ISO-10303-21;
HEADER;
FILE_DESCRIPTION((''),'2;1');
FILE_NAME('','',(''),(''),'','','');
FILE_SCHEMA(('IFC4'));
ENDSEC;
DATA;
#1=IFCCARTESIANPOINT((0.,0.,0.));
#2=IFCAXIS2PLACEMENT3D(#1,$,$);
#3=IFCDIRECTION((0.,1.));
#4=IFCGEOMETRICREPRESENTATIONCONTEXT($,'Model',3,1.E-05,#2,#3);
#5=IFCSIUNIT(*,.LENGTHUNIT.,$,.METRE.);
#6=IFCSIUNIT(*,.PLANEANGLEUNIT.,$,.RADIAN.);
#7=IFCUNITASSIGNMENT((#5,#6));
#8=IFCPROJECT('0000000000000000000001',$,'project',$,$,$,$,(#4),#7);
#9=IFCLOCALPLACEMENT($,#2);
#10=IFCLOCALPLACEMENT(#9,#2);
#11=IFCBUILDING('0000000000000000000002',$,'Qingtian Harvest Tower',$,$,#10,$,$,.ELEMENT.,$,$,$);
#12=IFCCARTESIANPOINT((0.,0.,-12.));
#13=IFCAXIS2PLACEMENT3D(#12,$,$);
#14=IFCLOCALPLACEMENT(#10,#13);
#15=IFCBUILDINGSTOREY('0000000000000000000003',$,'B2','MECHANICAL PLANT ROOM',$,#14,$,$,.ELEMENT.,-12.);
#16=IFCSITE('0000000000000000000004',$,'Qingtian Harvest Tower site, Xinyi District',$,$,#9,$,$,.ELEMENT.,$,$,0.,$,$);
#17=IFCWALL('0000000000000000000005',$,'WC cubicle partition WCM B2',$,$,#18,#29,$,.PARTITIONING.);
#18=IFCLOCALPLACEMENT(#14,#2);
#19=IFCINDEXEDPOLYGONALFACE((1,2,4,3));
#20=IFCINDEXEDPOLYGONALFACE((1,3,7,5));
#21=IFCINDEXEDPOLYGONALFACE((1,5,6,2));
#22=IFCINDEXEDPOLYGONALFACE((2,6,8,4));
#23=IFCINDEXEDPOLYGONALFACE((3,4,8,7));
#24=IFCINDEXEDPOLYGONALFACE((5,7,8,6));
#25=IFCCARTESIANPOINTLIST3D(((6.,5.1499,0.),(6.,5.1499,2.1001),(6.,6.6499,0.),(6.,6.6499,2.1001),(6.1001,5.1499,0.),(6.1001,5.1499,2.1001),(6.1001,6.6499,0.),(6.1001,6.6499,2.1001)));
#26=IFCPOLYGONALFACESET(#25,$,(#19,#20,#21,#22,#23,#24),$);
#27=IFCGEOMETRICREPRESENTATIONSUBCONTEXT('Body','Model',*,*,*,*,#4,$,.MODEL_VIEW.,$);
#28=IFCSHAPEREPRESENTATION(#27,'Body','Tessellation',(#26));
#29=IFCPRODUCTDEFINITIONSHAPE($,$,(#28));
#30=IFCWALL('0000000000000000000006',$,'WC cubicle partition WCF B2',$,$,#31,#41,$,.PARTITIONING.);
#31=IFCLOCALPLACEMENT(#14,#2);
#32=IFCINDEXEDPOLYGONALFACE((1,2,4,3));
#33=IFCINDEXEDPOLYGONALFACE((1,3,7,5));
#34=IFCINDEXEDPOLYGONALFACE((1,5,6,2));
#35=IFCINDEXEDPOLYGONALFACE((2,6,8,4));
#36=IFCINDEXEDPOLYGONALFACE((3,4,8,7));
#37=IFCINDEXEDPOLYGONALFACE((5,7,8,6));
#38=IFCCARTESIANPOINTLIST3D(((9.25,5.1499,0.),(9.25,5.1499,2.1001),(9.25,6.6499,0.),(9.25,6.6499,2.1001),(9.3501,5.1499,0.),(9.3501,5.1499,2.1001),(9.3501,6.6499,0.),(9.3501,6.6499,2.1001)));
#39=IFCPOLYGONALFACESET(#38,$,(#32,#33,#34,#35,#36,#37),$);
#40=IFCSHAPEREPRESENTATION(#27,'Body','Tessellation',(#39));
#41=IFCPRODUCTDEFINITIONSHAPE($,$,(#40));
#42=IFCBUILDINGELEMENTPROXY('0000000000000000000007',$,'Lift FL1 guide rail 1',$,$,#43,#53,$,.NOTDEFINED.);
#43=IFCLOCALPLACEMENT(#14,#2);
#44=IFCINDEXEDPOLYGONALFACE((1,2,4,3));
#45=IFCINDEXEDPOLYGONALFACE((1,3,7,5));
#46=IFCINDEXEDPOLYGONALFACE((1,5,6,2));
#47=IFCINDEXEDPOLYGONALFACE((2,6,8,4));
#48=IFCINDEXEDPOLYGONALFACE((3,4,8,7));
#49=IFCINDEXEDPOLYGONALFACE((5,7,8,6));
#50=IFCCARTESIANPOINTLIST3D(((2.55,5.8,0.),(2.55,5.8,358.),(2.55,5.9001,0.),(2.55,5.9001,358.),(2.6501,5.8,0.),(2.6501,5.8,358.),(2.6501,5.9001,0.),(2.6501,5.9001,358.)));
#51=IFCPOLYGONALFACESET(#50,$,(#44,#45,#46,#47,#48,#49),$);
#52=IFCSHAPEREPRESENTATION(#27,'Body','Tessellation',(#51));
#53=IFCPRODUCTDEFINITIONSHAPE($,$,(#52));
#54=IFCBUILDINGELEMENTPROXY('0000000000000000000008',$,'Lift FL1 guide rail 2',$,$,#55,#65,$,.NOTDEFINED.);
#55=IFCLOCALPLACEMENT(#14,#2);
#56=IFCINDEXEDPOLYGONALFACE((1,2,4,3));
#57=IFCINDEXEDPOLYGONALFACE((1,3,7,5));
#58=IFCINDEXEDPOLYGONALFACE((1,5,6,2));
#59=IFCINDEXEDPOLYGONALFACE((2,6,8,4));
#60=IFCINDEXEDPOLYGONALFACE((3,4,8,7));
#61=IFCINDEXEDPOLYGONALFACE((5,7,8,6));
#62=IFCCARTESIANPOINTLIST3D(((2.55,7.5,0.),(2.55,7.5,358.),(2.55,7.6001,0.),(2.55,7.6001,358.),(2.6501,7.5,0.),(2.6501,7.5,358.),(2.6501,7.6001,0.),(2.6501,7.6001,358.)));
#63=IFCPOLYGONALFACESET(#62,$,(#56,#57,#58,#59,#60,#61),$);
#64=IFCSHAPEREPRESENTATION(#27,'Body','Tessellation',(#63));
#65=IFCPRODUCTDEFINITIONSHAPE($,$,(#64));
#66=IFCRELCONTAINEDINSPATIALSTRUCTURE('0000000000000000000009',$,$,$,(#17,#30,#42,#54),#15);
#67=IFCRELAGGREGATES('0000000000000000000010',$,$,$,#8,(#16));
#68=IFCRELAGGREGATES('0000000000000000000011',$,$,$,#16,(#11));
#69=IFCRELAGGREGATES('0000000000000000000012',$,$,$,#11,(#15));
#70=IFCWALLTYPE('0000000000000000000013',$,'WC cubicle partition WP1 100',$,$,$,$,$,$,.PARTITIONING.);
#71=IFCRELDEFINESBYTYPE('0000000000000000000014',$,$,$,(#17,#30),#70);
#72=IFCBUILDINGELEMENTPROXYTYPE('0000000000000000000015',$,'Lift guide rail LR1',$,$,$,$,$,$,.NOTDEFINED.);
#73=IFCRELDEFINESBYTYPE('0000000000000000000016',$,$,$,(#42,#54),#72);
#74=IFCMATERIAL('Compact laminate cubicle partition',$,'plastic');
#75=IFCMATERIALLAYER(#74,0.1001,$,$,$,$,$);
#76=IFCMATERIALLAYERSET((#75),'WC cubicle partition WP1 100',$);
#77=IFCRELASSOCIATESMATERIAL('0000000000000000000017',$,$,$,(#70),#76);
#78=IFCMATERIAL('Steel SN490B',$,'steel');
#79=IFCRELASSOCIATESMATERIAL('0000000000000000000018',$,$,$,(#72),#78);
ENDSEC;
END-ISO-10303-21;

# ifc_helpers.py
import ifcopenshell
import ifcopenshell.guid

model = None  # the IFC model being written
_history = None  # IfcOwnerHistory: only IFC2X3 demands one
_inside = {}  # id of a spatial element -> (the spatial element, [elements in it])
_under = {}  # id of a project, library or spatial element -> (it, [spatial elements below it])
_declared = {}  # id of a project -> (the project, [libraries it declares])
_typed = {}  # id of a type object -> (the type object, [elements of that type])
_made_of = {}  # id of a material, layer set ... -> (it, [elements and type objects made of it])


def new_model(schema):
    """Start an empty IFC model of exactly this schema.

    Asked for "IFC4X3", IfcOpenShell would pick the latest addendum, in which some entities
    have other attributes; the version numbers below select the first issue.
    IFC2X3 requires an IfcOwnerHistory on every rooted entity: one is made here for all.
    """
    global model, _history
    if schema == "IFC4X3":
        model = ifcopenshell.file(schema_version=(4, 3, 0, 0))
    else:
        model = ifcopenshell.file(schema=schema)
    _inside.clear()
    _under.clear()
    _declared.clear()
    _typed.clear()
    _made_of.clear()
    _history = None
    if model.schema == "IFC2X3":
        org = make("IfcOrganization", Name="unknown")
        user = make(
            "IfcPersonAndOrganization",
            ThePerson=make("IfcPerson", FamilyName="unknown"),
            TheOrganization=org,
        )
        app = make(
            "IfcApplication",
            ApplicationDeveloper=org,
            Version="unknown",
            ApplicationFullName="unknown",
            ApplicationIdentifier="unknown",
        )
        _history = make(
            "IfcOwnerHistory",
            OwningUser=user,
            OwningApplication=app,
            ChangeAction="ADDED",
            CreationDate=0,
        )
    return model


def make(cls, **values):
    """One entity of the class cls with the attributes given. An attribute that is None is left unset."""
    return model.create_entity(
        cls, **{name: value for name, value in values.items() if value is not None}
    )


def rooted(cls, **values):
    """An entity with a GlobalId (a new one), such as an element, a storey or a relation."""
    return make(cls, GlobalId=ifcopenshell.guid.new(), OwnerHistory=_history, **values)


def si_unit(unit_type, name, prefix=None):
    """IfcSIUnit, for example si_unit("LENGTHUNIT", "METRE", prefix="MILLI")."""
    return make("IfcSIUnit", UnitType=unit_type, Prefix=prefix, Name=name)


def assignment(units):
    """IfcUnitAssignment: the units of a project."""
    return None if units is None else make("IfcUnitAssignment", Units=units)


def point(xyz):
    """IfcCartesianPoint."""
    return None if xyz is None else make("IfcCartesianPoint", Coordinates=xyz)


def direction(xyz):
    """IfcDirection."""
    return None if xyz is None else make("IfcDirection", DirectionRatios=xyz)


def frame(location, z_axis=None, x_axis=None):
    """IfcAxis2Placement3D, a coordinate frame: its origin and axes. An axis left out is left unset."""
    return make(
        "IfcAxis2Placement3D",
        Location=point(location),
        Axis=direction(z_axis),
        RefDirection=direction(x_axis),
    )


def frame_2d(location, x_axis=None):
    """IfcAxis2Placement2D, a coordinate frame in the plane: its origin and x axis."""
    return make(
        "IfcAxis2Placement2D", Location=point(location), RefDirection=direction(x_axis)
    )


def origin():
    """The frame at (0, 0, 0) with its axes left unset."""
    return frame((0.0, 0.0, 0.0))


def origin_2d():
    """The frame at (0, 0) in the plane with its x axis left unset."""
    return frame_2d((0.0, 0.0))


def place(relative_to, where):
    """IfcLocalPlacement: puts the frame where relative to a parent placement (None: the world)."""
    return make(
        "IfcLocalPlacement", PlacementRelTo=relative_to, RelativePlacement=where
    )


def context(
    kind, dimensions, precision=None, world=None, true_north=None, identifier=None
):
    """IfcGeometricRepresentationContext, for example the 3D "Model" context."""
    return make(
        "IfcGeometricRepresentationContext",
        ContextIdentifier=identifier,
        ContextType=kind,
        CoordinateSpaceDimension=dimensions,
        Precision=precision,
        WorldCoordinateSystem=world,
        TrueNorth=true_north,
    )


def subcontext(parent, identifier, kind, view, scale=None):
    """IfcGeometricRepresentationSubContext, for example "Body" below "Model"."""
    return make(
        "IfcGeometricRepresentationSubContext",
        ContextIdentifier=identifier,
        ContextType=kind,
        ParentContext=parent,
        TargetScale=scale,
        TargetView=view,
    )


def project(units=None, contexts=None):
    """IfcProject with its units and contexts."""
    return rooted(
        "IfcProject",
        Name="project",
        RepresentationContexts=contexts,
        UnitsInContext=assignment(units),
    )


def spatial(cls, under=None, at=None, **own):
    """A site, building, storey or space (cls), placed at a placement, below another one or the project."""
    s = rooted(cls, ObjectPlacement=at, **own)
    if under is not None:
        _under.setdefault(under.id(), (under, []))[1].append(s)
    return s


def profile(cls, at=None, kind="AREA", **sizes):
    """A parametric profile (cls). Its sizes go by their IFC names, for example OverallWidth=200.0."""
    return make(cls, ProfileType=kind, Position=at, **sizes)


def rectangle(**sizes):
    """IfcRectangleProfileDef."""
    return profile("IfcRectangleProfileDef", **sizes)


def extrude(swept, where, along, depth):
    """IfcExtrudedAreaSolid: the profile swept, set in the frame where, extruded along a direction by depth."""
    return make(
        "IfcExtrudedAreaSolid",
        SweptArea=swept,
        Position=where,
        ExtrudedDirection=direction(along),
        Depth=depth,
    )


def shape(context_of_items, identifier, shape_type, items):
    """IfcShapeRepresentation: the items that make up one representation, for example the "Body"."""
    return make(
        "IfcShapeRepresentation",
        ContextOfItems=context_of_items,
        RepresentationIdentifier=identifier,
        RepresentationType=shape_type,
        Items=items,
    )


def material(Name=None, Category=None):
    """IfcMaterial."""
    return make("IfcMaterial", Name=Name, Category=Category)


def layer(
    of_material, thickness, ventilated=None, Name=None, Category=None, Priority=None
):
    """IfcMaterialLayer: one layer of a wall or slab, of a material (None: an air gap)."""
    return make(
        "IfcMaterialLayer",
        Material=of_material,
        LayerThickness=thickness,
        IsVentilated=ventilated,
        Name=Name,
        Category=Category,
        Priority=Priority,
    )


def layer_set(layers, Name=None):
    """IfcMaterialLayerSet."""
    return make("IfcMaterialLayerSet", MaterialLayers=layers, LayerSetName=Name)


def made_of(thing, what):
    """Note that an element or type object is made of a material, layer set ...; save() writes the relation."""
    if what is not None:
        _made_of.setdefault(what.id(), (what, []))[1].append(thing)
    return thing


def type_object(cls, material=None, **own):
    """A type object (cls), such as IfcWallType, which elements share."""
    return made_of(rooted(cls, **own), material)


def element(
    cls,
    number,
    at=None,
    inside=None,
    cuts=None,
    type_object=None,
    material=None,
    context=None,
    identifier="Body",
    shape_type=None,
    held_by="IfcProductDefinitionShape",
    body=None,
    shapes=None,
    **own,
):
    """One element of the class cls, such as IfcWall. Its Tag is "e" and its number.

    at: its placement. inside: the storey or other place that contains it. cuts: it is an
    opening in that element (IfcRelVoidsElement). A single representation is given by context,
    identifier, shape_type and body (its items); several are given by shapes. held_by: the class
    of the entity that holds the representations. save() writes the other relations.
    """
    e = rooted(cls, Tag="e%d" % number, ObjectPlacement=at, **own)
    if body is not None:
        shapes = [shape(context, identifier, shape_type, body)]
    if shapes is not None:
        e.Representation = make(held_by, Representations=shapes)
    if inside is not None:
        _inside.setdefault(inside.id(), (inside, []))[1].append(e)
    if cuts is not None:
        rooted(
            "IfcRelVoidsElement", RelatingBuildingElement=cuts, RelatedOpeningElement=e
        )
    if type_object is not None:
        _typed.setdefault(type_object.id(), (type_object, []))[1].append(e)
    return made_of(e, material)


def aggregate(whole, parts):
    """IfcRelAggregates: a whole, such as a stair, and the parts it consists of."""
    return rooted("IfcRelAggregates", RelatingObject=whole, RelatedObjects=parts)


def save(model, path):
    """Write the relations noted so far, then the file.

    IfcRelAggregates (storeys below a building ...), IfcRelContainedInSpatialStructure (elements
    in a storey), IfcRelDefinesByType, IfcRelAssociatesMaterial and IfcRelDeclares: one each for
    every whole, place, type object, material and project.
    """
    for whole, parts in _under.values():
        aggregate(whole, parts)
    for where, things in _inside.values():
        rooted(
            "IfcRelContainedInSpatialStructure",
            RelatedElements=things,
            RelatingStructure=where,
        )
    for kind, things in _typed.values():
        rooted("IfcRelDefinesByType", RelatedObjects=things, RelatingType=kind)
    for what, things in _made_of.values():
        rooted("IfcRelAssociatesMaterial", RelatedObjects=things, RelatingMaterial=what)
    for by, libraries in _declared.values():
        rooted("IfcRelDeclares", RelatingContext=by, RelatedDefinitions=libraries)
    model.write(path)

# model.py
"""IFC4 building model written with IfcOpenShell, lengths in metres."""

from ifc_helpers import new_model, si_unit, direction, frame, frame_2d, origin, origin_2d, place, context, subcontext, project, spatial, rectangle, extrude, material, layer, layer_set, type_object, element, save


model = new_model("IFC4")

# Units and contexts
model_context = context("Model", 3, precision=1e-05, world=origin(), true_north=direction((0.0, 1.0)))
body_context = subcontext(model_context, "Body", "Model", "MODEL_VIEW")
ifc_project = project(units=[si_unit("LENGTHUNIT", "METRE"), si_unit("PLANEANGLEUNIT", "RADIAN")], contexts=[model_context])

# Site, building, storey
site_placement = place(None, origin())
site = spatial("IfcSite", under=ifc_project, at=site_placement, Name="Qingtian Harvest Tower site, Xinyi District", CompositionType="ELEMENT", RefElevation=0.0)
building_placement = place(site_placement, origin())
building = spatial("IfcBuilding", under=site, at=building_placement, Name="Qingtian Harvest Tower", CompositionType="ELEMENT")
storey_placement = place(building_placement, frame((0.0, 0.0, -12.0)))
storey = spatial("IfcBuildingStorey", under=building, at=storey_placement, Name="B2", Description="MECHANICAL PLANT ROOM", CompositionType="ELEMENT", Elevation=-12.0)

# Walls
ifc_material_1 = material(Name="Compact laminate cubicle partition", Category="plastic")
ifc_layer_1 = layer(ifc_material_1, 0.1001)
ifc_layer_set_1 = layer_set([ifc_layer_1], Name="WC cubicle partition WP1 100")
wall_type_1 = type_object("IfcWallType", Name="WC cubicle partition WP1 100", PredefinedType="PARTITIONING", material=ifc_layer_set_1)
for number, where, z_axis, x_axis, name in (
    (1, (6.05, 5.1499, 0.0), (0.0, 0.0, 1.0), (0.0, 1.0, 0.0), "WC cubicle partition WCM B2"),
    (2, (9.3, 5.1499, 0.0), (0.0, 0.0, 1.0), (0.0, 1.0, 0.0), "WC cubicle partition WCF B2"),
):
    element("IfcWall", number, at=place(storey_placement, frame(where, z_axis=z_axis, x_axis=x_axis)), inside=storey, type_object=wall_type_1, Name=name, PredefinedType="PARTITIONING", context=body_context, shape_type="SweptSolid", body=[
        extrude(rectangle(XDim=1.5, YDim=0.1001, at=frame_2d((0.75, 0.0))), origin(), (0.0, 0.0, 1.0), 2.1001),
    ])

# Building element proxies
ifc_material_2 = material(Name="Steel SN490B", Category="steel")
building_element_proxy_type = type_object("IfcBuildingElementProxyType", Name="Lift guide rail LR1", PredefinedType="NOTDEFINED", material=ifc_material_2)
for number, where, z_axis, x_axis, name in (
    (3, (2.6001, 5.8501, 0.0), (0.0, 0.0, 1.0), (1.0, 0.0, 0.0), "Lift FL1 guide rail 1"),
    (4, (2.6001, 7.55, 0.0), (0.0, 0.0, 1.0), (1.0, 0.0, 0.0), "Lift FL1 guide rail 2"),
):
    element("IfcBuildingElementProxy", number, at=place(storey_placement, frame(where, z_axis=z_axis, x_axis=x_axis)), inside=storey, type_object=building_element_proxy_type, Name=name, PredefinedType="NOTDEFINED", context=body_context, shape_type="SweptSolid", body=[
        extrude(rectangle(XDim=0.1001, YDim=0.1001, at=origin_2d()), origin(), (0.0, 0.0, 1.0), 358.0),
    ])

save(model, "model.ifc")
